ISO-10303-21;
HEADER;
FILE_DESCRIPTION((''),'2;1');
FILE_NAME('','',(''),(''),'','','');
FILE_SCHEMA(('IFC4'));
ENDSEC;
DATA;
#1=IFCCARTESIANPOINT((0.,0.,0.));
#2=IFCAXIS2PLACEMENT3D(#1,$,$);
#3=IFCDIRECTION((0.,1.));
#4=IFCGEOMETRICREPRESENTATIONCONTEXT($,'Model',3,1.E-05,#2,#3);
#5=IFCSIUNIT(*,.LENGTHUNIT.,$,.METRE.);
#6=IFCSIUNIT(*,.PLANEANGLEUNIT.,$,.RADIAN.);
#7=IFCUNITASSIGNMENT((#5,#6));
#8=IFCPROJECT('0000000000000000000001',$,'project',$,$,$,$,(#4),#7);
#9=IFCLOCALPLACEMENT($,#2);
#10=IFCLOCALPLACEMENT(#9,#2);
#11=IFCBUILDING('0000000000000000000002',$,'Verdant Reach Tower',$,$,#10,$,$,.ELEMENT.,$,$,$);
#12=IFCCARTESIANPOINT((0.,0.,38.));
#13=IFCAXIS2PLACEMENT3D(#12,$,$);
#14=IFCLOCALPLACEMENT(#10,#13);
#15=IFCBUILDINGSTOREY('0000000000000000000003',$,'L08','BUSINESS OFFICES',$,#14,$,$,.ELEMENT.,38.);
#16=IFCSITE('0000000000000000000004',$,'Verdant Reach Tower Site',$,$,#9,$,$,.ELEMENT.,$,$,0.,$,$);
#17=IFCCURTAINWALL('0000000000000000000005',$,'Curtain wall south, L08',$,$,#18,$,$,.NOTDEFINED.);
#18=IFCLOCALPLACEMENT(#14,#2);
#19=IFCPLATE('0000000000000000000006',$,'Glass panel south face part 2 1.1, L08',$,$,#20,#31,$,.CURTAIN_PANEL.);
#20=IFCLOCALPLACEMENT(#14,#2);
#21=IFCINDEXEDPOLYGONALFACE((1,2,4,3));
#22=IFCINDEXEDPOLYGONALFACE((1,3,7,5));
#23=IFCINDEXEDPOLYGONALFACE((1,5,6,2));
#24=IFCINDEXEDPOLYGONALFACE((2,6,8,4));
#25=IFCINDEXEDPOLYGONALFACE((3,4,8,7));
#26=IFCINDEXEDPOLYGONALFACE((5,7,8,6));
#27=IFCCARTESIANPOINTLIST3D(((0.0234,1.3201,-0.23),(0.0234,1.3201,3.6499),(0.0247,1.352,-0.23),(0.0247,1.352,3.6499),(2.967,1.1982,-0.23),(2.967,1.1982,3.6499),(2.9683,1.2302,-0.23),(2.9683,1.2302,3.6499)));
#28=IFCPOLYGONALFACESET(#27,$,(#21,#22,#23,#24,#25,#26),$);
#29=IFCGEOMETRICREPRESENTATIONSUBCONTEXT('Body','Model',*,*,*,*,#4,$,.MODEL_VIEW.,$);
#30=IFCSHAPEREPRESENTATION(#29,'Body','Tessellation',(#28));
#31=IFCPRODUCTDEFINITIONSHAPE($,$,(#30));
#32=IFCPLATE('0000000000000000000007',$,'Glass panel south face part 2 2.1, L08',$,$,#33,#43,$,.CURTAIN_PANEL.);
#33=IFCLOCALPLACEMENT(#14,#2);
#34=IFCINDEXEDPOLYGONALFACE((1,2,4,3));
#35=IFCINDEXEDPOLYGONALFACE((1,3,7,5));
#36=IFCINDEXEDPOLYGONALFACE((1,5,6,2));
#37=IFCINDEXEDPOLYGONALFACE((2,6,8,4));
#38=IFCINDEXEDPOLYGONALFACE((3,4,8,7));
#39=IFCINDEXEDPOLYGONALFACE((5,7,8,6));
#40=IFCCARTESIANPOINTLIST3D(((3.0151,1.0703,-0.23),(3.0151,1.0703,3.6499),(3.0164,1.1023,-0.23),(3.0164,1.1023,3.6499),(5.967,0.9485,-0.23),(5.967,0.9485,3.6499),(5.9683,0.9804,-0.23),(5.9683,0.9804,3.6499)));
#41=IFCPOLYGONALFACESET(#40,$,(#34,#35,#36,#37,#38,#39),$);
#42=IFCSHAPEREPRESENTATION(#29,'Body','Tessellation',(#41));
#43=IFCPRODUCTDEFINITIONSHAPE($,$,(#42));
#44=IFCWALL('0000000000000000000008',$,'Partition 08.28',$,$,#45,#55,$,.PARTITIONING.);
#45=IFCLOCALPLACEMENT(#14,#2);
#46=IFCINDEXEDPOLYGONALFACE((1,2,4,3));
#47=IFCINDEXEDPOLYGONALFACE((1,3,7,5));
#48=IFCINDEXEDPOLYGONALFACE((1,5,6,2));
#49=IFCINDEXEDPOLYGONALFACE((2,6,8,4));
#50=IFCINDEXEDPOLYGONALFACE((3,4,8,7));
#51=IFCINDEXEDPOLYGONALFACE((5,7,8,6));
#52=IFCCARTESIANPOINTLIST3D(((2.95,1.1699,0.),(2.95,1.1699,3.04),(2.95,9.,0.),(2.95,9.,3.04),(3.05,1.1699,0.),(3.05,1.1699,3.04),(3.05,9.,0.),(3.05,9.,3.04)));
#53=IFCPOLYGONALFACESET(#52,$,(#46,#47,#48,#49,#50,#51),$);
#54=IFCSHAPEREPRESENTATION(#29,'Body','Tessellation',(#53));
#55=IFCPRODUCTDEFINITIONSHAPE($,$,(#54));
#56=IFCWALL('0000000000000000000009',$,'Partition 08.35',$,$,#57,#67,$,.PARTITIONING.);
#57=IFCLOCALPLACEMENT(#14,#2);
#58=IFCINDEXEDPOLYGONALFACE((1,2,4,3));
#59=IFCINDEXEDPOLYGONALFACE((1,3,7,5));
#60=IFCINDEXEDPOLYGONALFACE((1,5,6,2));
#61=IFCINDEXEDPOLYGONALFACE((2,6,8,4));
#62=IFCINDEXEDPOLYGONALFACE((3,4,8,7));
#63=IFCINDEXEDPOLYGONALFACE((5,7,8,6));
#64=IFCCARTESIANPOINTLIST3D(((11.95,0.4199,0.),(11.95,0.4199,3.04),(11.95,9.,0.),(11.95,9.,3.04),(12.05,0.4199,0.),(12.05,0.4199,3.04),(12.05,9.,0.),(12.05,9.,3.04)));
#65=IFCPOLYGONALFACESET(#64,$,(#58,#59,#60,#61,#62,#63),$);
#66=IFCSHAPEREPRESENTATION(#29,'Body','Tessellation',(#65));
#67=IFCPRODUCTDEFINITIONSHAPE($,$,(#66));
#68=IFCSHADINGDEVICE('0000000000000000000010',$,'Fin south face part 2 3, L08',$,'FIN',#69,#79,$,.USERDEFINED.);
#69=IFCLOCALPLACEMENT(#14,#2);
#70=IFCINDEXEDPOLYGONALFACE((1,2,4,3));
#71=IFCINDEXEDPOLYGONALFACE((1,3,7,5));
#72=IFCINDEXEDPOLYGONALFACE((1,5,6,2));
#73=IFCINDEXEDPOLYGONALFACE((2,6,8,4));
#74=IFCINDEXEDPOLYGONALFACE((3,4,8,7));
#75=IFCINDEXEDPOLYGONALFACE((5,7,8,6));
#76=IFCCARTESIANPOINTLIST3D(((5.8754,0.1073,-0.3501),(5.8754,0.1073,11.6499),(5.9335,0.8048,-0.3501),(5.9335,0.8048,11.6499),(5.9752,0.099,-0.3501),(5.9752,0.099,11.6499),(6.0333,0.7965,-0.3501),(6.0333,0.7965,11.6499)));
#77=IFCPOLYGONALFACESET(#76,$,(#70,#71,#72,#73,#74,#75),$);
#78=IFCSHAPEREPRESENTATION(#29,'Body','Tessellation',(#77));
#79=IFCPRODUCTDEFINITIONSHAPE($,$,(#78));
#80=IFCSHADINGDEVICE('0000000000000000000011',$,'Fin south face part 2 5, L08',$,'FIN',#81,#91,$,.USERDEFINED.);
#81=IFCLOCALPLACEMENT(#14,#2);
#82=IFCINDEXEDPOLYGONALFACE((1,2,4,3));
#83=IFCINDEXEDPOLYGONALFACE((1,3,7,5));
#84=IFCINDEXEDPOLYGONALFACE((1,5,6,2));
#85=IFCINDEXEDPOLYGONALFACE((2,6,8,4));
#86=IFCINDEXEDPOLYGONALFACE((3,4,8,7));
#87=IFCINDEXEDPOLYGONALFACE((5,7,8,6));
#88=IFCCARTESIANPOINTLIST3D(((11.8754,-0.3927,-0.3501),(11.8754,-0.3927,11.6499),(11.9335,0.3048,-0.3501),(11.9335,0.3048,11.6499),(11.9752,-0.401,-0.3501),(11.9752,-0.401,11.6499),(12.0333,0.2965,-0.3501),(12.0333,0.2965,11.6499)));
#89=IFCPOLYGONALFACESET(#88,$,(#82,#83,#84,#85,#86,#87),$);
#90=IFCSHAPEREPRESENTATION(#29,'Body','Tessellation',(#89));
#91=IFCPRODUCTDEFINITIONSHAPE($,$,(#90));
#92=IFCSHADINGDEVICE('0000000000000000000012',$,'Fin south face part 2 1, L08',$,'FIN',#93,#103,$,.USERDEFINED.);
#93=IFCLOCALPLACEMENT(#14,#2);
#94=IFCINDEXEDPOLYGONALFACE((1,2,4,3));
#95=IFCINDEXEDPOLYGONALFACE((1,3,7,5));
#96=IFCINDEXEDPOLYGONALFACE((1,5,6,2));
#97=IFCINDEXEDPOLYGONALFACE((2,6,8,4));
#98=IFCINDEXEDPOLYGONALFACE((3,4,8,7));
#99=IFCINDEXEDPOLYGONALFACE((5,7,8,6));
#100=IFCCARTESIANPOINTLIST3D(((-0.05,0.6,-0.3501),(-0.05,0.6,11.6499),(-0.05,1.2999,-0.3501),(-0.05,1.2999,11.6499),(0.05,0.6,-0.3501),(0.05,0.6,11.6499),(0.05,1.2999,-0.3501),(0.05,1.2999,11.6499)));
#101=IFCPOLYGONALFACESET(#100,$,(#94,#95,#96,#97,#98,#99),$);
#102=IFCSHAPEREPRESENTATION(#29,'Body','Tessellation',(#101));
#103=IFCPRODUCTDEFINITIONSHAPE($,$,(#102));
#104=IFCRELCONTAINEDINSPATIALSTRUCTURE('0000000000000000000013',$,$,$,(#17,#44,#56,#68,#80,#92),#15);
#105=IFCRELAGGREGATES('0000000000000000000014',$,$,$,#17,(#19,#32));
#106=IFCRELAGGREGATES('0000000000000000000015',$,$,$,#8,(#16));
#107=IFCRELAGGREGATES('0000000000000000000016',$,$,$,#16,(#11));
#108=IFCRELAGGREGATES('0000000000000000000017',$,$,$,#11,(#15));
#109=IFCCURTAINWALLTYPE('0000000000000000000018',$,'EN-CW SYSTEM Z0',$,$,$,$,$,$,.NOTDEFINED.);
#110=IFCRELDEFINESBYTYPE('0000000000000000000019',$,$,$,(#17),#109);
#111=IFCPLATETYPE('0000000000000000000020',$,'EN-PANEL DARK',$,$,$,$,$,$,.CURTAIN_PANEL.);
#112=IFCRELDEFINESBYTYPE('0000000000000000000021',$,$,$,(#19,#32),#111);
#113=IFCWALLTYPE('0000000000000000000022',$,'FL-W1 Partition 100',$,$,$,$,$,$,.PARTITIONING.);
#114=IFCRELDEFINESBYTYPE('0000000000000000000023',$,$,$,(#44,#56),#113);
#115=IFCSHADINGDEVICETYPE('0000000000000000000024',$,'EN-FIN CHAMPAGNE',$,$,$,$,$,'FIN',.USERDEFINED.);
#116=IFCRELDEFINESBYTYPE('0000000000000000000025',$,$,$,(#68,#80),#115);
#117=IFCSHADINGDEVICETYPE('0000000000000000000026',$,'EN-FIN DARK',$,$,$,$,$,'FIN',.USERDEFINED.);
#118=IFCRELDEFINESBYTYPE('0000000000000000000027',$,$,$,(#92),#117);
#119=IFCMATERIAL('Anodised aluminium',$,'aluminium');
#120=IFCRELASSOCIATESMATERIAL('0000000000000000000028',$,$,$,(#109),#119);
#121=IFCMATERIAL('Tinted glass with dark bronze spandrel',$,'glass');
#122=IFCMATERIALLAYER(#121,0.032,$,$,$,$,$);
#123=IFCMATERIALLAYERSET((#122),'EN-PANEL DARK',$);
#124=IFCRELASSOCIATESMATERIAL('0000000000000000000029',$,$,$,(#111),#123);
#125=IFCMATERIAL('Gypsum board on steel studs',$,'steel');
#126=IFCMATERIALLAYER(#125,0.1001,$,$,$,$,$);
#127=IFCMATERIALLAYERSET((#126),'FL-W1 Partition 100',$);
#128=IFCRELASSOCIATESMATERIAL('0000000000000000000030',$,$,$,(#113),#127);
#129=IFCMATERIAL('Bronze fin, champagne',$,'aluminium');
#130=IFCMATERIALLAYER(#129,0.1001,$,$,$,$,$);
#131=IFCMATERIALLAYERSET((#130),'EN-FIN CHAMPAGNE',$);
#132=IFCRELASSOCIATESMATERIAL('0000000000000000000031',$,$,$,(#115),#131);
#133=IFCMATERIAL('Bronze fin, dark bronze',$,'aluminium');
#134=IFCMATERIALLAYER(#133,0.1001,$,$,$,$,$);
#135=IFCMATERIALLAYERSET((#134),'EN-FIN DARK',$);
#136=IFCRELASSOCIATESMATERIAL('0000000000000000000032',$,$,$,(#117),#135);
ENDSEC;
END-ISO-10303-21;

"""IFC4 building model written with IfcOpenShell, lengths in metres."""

from ifc_helpers import new_model, si_unit, direction, frame, frame_2d, origin, origin_2d, place, context, subcontext, project, spatial, rectangle, extrude, material, layer, layer_set, type_object, element, aggregate, save


model = new_model("IFC4")

# Units and contexts
model_context = context("Model", 3, precision=1e-05, world=origin(), true_north=direction((0.0, 1.0)))
body_context = subcontext(model_context, "Body", "Model", "MODEL_VIEW")
ifc_project = project(units=[si_unit("LENGTHUNIT", "METRE"), si_unit("PLANEANGLEUNIT", "RADIAN")], contexts=[model_context])

# Site, building, storey
site_placement = place(None, origin())
site = spatial("IfcSite", under=ifc_project, at=site_placement, Name="Verdant Reach Tower Site", CompositionType="ELEMENT", RefElevation=0.0)
building_placement = place(site_placement, origin())
building = spatial("IfcBuilding", under=site, at=building_placement, Name="Verdant Reach Tower", CompositionType="ELEMENT")
storey_placement = place(building_placement, frame((0.0, 0.0, 38.0)))
storey = spatial("IfcBuildingStorey", under=building, at=storey_placement, Name="L08", Description="BUSINESS OFFICES", CompositionType="ELEMENT", Elevation=38.0)

# Curtain wall
ifc_material_1 = material(Name="Anodised aluminium", Category="aluminium")
curtain_wall_type = type_object("IfcCurtainWallType", Name="EN-CW SYSTEM Z0", PredefinedType="NOTDEFINED", material=ifc_material_1)
curtain_wall_placement = place(storey_placement, origin())
curtain_wall = element("IfcCurtainWall", 1, at=curtain_wall_placement, inside=storey, type_object=curtain_wall_type, Name="Curtain wall south, L08", PredefinedType="NOTDEFINED")

# Plates
ifc_material_2 = material(Name="Tinted glass with dark bronze spandrel", Category="glass")
ifc_layer_1 = layer(ifc_material_2, 0.032)
ifc_layer_set_1 = layer_set([ifc_layer_1], Name="EN-PANEL DARK")
plate_type_1 = type_object("IfcPlateType", Name="EN-PANEL DARK", PredefinedType="CURTAIN_PANEL", material=ifc_layer_set_1)
plate_1_placement = place(storey_placement, frame((1.4958, 1.2751, -0.23), z_axis=(0.0, 0.0, 1.0), x_axis=(0.999144, -0.041357, 0.0)))
plate_1 = element("IfcPlate", 2, at=plate_1_placement, type_object=plate_type_1, Name="Glass panel south face part 2 1.1, L08", PredefinedType="CURTAIN_PANEL", context=body_context, shape_type="SweptSolid", body=[
    extrude(rectangle(XDim=2.946, YDim=0.032, at=origin_2d()), origin(), (0.0, 0.0, 1.0), 3.8799),
])
plate_2_placement = place(storey_placement, frame((4.4917, 1.0254, -0.23), z_axis=(0.0, 0.0, 1.0), x_axis=(0.999149, -0.041242, 0.0)))
plate_2 = element("IfcPlate", 3, at=plate_2_placement, type_object=plate_type_1, Name="Glass panel south face part 2 2.1, L08", PredefinedType="CURTAIN_PANEL", context=body_context, shape_type="SweptSolid", body=[
    extrude(rectangle(XDim=2.9543, YDim=0.032, at=origin_2d()), origin(), (0.0, 0.0, 1.0), 3.8799),
])
aggregate(curtain_wall, [plate_1, plate_2])

# Walls
ifc_material_3 = material(Name="Gypsum board on steel studs", Category="steel")
ifc_layer_2 = layer(ifc_material_3, 0.1001)
ifc_layer_set_2 = layer_set([ifc_layer_2], Name="FL-W1 Partition 100")
wall_type = type_object("IfcWallType", Name="FL-W1 Partition 100", PredefinedType="PARTITIONING", material=ifc_layer_set_2)
wall_1_placement = place(storey_placement, frame((3.0, 1.1699, 0.0), z_axis=(0.0, 0.0, 1.0), x_axis=(0.0, 1.0, 0.0)))
element("IfcWall", 4, at=wall_1_placement, inside=storey, type_object=wall_type, Name="Partition 08.28", PredefinedType="PARTITIONING", context=body_context, shape_type="SweptSolid", body=[
    extrude(rectangle(XDim=7.8301, YDim=0.1001, at=frame_2d((3.915, 0.0))), origin(), (0.0, 0.0, 1.0), 3.04),
])
wall_2_placement = place(storey_placement, frame((12.0, 0.4199, 0.0), z_axis=(0.0, 0.0, 1.0), x_axis=(0.0, 1.0, 0.0)))
element("IfcWall", 5, at=wall_2_placement, inside=storey, type_object=wall_type, Name="Partition 08.35", PredefinedType="PARTITIONING", context=body_context, shape_type="SweptSolid", body=[
    extrude(rectangle(XDim=8.5801, YDim=0.1001, at=frame_2d((4.29, 0.0))), origin(), (0.0, 0.0, 1.0), 3.04),
])

# Shading devices
ifc_material_4 = material(Name="Bronze fin, champagne", Category="aluminium")
ifc_layer_3 = layer(ifc_material_4, 0.1001)
ifc_layer_set_3 = layer_set([ifc_layer_3], Name="EN-FIN CHAMPAGNE")
shading_device_type_1 = type_object("IfcShadingDeviceType", Name="EN-FIN CHAMPAGNE", ElementType="FIN", PredefinedType="USERDEFINED", material=ifc_layer_set_3)
for number, where, z_axis, x_axis, name in (
    (6, (5.9543, 0.4519, -0.3501), (0.0, 0.0, 1.0), (0.996546, -0.083045, 0.0), "Fin south face part 2 3, L08"),
    (7, (11.9543, -0.0481, -0.3501), (0.0, 0.0, 1.0), (0.996546, -0.083045, 0.0), "Fin south face part 2 5, L08"),
):
    element("IfcShadingDevice", number, at=place(storey_placement, frame(where, z_axis=z_axis, x_axis=x_axis)), inside=storey, type_object=shading_device_type_1, Name=name, ObjectType="FIN", PredefinedType="USERDEFINED", context=body_context, shape_type="SweptSolid", body=[
        extrude(rectangle(XDim=0.1001, YDim=0.7, at=origin_2d()), origin(), (0.0, 0.0, 1.0), 12.0),
    ])
ifc_material_5 = material(Name="Bronze fin, dark bronze", Category="aluminium")
ifc_layer_4 = layer(ifc_material_5, 0.1001)
ifc_layer_set_4 = layer_set([ifc_layer_4], Name="EN-FIN DARK")
shading_device_type_2 = type_object("IfcShadingDeviceType", Name="EN-FIN DARK", ElementType="FIN", PredefinedType="USERDEFINED", material=ifc_layer_set_4)
shading_device_placement = place(storey_placement, frame((0.0, 0.95, -0.3501), z_axis=(0.0, 0.0, 1.0), x_axis=(1.0, 0.0, 0.0)))
element("IfcShadingDevice", 8, at=shading_device_placement, inside=storey, type_object=shading_device_type_2, Name="Fin south face part 2 1, L08", ObjectType="FIN", PredefinedType="USERDEFINED", context=body_context, shape_type="SweptSolid", body=[
    extrude(rectangle(XDim=0.1001, YDim=0.7, at=origin_2d()), origin(), (0.0, 0.0, 1.0), 12.0),
])

save(model, "model.ifc")
